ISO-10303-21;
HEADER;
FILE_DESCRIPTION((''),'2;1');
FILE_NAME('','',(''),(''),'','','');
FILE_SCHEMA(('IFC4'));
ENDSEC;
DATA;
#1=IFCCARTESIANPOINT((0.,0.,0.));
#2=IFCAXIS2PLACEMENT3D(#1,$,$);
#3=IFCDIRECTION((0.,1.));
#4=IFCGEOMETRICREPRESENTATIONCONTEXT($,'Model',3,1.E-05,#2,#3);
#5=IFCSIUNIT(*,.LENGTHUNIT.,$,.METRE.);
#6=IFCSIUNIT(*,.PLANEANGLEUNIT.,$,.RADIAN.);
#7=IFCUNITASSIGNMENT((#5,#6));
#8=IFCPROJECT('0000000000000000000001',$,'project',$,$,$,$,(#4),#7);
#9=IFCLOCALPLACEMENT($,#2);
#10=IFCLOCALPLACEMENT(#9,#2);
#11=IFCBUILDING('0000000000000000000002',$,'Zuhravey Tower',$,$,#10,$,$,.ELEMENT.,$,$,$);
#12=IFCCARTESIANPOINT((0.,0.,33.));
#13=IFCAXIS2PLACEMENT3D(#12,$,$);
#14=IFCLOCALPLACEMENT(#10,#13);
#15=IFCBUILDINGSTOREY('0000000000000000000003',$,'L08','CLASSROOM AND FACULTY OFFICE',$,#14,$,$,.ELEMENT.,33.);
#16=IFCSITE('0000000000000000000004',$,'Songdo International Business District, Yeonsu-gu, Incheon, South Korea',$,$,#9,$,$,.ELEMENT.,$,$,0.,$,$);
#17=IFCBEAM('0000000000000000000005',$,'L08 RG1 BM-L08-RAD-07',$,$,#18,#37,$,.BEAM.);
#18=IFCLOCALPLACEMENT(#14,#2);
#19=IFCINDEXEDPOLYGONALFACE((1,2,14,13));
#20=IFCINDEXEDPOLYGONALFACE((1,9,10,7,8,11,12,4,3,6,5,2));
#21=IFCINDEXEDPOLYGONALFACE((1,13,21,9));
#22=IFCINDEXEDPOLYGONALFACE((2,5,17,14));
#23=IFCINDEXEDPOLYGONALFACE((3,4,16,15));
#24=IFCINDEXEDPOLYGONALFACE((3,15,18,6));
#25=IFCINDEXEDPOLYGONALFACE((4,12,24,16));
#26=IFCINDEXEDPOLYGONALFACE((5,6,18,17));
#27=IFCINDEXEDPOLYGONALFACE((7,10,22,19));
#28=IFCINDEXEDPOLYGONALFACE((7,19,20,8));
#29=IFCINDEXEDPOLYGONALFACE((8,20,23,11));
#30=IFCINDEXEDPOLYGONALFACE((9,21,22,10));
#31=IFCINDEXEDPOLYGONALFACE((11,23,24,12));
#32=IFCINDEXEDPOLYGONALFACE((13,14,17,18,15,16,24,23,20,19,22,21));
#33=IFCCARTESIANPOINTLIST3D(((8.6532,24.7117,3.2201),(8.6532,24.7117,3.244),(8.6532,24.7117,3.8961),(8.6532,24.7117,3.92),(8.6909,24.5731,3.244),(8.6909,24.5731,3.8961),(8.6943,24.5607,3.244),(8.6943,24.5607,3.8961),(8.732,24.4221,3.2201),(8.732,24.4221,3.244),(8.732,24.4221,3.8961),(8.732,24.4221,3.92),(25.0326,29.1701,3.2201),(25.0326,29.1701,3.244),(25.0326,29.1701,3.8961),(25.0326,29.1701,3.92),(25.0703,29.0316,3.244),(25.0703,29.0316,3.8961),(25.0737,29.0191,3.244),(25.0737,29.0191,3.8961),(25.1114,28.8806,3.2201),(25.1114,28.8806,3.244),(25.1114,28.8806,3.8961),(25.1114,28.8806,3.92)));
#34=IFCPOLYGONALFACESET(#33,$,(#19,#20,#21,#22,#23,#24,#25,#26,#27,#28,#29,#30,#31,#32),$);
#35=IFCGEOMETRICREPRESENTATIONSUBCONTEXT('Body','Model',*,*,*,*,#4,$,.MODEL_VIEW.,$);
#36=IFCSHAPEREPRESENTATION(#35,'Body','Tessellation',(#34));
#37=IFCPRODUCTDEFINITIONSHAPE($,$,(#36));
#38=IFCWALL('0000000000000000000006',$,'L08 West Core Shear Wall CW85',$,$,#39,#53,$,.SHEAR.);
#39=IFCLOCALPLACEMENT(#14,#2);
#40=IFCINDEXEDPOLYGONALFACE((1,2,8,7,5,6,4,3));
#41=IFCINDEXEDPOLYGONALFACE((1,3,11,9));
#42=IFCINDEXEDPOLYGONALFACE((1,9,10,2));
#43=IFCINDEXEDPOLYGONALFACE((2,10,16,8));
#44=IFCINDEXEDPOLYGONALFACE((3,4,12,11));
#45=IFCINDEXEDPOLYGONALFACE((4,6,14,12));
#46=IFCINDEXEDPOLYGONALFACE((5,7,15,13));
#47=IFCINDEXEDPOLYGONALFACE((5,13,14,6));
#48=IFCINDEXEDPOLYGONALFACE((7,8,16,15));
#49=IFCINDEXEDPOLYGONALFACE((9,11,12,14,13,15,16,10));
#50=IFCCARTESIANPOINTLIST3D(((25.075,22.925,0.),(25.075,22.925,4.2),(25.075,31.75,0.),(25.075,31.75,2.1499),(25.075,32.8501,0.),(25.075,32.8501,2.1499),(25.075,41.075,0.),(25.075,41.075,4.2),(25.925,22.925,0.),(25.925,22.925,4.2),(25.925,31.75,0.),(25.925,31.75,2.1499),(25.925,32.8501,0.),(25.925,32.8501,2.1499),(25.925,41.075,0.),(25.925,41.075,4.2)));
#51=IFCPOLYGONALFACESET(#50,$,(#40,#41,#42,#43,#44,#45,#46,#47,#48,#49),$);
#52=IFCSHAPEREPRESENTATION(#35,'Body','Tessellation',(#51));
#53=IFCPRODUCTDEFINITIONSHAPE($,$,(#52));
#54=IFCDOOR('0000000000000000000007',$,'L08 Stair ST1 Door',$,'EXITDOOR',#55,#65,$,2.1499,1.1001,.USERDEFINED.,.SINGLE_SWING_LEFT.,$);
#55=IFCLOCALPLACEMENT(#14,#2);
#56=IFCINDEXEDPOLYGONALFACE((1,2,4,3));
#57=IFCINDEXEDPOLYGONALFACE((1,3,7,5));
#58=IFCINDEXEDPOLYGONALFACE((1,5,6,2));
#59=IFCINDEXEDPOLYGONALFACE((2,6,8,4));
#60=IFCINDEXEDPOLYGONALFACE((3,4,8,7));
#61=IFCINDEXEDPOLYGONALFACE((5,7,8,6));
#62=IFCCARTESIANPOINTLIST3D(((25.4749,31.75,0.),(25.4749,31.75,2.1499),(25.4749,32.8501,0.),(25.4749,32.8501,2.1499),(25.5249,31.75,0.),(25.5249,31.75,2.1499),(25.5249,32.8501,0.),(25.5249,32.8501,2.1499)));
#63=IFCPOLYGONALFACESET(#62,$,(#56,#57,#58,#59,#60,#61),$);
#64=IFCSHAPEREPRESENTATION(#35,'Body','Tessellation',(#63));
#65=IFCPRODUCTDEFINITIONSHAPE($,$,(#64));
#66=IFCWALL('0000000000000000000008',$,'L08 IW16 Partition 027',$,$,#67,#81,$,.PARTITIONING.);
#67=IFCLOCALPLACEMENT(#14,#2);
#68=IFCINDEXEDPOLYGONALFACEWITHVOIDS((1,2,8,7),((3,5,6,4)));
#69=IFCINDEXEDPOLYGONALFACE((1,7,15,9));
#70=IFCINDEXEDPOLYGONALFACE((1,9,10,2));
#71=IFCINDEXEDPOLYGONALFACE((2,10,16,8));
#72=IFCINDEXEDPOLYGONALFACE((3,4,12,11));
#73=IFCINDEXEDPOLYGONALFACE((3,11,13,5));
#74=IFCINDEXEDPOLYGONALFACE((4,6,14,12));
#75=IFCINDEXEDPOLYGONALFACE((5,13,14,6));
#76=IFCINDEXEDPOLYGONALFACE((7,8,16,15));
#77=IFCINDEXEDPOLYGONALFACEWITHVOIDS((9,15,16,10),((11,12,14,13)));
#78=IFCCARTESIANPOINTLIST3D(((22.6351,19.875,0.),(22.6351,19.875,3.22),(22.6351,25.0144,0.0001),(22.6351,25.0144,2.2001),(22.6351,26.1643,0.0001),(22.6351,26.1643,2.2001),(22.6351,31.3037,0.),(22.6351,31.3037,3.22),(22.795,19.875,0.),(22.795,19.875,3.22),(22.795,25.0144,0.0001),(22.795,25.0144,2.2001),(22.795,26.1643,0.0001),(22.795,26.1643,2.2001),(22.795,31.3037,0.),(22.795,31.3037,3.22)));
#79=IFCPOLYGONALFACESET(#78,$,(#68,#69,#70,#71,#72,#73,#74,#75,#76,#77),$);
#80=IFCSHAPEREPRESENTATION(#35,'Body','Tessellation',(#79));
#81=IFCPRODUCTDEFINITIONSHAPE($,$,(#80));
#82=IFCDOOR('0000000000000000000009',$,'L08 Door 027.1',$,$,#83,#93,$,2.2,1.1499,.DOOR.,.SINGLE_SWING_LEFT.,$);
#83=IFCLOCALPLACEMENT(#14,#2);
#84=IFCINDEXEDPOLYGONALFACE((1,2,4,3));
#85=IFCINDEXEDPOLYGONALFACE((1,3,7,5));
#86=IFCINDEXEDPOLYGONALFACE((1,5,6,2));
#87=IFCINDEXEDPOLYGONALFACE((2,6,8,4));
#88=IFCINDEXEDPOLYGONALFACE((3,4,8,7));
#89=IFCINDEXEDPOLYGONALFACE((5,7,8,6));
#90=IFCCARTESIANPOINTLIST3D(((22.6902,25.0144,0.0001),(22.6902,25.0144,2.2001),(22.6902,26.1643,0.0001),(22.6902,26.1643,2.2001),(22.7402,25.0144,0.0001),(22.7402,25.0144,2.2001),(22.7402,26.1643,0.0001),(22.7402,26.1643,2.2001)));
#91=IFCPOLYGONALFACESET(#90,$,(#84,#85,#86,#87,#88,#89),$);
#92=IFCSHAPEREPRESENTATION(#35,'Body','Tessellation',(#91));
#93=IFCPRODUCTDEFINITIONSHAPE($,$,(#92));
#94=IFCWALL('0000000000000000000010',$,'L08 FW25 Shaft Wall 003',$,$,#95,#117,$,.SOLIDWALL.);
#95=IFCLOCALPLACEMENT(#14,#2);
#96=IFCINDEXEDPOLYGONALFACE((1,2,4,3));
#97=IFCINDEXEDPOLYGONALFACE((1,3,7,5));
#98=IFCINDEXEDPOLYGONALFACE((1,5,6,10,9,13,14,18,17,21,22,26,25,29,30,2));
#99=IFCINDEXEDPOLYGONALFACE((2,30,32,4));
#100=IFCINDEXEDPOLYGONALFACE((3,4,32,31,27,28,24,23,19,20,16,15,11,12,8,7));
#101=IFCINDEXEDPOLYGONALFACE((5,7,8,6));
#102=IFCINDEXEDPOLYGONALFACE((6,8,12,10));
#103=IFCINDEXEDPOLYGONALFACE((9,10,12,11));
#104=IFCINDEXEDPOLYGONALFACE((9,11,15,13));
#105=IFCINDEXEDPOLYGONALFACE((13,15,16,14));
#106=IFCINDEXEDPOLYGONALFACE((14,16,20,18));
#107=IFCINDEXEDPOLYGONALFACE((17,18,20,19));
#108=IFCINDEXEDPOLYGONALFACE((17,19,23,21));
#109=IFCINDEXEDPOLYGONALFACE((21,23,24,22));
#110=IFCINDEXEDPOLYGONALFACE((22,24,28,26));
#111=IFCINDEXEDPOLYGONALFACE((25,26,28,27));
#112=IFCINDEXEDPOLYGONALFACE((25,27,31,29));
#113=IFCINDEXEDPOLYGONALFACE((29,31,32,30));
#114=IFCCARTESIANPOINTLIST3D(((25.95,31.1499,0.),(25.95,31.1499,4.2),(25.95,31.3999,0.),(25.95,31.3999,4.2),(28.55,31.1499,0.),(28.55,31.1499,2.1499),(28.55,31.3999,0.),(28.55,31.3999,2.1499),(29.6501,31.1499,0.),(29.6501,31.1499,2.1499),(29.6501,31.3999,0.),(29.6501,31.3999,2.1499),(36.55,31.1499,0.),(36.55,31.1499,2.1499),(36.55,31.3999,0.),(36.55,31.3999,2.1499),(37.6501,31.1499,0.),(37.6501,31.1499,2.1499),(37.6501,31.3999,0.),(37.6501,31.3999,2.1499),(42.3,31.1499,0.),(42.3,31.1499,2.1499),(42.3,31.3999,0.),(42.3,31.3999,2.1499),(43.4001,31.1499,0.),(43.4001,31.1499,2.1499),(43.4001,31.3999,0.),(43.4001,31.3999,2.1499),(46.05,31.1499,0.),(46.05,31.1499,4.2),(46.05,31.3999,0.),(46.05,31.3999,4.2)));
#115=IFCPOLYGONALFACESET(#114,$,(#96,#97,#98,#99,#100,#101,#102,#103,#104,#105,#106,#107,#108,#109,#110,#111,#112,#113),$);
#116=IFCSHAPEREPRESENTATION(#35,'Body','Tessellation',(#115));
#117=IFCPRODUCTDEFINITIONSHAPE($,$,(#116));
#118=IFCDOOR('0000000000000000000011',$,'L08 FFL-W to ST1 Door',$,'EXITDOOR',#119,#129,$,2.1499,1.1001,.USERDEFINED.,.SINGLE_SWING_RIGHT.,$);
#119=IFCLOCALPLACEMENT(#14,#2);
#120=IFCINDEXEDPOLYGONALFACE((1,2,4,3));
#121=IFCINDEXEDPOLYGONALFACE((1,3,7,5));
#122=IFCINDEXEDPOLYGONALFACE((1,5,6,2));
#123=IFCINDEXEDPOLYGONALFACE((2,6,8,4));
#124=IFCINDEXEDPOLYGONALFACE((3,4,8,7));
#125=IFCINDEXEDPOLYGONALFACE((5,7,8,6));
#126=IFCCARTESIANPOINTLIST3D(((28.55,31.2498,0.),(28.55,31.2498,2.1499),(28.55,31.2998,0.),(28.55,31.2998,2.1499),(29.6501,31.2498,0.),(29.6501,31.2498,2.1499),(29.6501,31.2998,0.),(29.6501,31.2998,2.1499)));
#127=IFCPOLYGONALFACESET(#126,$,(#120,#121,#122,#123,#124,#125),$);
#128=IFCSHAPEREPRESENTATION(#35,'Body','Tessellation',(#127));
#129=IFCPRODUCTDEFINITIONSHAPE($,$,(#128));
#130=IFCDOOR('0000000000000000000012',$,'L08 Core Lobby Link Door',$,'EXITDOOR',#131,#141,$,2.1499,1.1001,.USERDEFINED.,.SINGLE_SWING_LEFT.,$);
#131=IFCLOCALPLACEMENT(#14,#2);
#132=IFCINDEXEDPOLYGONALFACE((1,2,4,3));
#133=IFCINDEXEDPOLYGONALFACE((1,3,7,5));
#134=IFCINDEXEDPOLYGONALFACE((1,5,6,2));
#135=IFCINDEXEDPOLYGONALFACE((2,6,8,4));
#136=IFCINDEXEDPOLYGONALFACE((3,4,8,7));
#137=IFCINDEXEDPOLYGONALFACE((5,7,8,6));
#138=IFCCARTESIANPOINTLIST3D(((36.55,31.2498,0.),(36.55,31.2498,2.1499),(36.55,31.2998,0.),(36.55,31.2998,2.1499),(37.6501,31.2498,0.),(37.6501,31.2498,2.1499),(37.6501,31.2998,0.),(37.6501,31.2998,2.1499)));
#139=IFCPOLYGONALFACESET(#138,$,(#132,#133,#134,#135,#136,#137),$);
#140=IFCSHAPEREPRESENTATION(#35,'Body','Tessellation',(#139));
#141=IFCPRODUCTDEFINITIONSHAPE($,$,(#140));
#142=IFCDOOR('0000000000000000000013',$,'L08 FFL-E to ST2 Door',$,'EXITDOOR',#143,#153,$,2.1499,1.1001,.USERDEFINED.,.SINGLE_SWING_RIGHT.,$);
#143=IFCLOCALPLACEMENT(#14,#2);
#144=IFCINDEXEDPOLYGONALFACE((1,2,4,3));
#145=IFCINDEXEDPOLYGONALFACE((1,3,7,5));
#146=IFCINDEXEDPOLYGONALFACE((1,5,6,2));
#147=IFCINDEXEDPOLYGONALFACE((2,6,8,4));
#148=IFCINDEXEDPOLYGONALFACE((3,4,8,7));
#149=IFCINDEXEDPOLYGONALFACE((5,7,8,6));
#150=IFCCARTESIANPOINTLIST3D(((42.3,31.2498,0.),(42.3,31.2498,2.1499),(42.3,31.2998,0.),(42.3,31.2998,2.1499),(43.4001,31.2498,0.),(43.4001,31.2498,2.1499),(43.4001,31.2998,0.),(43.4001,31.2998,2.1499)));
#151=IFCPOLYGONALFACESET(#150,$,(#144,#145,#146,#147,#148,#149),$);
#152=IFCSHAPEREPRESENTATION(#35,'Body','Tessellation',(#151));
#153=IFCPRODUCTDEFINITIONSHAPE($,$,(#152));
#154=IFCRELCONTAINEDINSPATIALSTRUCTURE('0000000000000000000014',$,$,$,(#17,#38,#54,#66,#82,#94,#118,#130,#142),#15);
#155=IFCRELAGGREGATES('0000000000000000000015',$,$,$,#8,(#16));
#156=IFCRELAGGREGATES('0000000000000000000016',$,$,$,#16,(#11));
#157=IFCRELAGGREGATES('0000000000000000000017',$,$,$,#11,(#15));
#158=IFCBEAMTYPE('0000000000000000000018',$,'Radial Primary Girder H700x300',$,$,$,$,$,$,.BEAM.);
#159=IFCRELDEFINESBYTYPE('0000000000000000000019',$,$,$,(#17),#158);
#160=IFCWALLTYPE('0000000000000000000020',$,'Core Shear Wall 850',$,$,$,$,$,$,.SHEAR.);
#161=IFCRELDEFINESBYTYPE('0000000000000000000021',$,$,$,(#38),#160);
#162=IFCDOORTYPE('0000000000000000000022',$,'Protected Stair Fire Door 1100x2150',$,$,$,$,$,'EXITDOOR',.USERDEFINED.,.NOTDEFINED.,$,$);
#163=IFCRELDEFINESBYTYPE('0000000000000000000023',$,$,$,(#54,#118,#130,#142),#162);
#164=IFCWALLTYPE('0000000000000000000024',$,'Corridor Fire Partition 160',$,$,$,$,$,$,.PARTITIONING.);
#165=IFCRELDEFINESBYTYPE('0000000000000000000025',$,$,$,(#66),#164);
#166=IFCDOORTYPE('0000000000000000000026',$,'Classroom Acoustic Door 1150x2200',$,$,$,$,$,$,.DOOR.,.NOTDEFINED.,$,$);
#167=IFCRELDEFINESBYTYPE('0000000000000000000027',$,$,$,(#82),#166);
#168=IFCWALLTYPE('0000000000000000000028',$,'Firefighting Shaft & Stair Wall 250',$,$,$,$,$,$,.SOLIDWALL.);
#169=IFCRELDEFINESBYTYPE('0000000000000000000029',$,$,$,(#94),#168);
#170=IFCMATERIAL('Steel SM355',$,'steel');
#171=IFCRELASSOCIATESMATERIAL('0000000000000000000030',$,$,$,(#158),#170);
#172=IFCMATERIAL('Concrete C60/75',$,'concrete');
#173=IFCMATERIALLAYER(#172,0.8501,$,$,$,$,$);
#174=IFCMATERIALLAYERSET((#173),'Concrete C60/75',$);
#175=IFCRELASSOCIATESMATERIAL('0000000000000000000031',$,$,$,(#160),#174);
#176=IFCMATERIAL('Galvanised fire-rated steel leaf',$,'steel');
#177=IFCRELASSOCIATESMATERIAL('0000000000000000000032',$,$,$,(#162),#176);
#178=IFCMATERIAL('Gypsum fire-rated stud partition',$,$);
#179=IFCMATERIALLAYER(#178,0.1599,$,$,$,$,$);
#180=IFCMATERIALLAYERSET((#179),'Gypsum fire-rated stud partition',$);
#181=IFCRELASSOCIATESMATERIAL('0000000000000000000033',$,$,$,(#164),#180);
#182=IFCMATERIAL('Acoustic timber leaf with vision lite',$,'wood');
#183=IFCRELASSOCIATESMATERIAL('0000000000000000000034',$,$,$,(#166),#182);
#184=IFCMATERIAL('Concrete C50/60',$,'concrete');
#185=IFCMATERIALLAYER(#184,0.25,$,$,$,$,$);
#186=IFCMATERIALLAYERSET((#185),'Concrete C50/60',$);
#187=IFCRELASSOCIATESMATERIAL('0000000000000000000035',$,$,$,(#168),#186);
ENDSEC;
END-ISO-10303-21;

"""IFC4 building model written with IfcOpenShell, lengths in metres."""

from ifc_helpers import new_model, si_unit, direction, frame, frame_2d, origin, origin_2d, place, context, subcontext, project, spatial, rectangle, i_section, extrude, material, layer, layer_set, material_profile, profile_set, type_object, element, fill, save


model = new_model("IFC4")

# Units and contexts
model_context = context("Model", 3, precision=1e-05, world=origin(), true_north=direction((0.0, 1.0)))
body_context = subcontext(model_context, "Body", "Model", "MODEL_VIEW")
ifc_project = project(units=[si_unit("LENGTHUNIT", "METRE"), si_unit("PLANEANGLEUNIT", "RADIAN")], contexts=[model_context])

# Site, building, storey
site_placement = place(None, origin())
site = spatial("IfcSite", under=ifc_project, at=site_placement, Name="Songdo International Business District, Yeonsu-gu, Incheon, South Korea", CompositionType="ELEMENT", RefElevation=0.0)
building_placement = place(site_placement, origin())
building = spatial("IfcBuilding", under=site, at=building_placement, Name="Zuhravey Tower", CompositionType="ELEMENT")
storey_placement = place(building_placement, frame((0.0, 0.0, 33.0)))
storey = spatial("IfcBuildingStorey", under=building, at=storey_placement, Name="L08", Description="CLASSROOM AND FACULTY OFFICE", CompositionType="ELEMENT", Elevation=33.0)

# Beam
ifc_material_1 = material(Name="Steel SM355", Category="steel")
ifc_material_profile = material_profile(ifc_material_1, i_section(OverallWidth=0.3, OverallDepth=0.7, WebThickness=0.0129, FlangeThickness=0.0239, at=origin_2d()), Name="H-700x300x13x24")
ifc_profile_set = profile_set([ifc_material_profile], Name="Steel SM355")
beam_type = type_object("IfcBeamType", Name="Radial Primary Girder H700x300", PredefinedType="BEAM", material=ifc_profile_set)
beam_placement = place(storey_placement, frame((25.072, 29.0254, 3.5701), z_axis=(-0.964892, -0.262645, 0.0), x_axis=(0.262645, -0.964892, 0.0)))
element("IfcBeam", 1, at=beam_placement, inside=storey, type_object=beam_type, Name="L08 RG1 BM-L08-RAD-07", PredefinedType="BEAM", context=body_context, shape_type="SweptSolid", body=[
    extrude(i_section(OverallWidth=0.3, OverallDepth=0.7, WebThickness=0.0129, FlangeThickness=0.0239, at=origin_2d()), origin(), (0.0, 0.0, 1.0), 16.9753),
])

# Walls, openings, doors
ifc_material_2 = material(Name="Concrete C60/75", Category="concrete")
ifc_layer_1 = layer(ifc_material_2, 0.8501)
ifc_layer_set_1 = layer_set([ifc_layer_1], Name="Concrete C60/75")
wall_type_1 = type_object("IfcWallType", Name="Core Shear Wall 850", PredefinedType="SHEAR", material=ifc_layer_set_1)
ifc_material_3 = material(Name="Galvanised fire-rated steel leaf", Category="steel")
wall_1_placement = place(storey_placement, frame((25.5, 22.925, 0.0), z_axis=(0.0, 0.0, 1.0), x_axis=(0.0, 1.0, 0.0)))
wall_1 = element("IfcWall", 2, at=wall_1_placement, inside=storey, type_object=wall_type_1, Name="L08 West Core Shear Wall CW85", PredefinedType="SHEAR", context=body_context, shape_type="SweptSolid", body=[
    extrude(rectangle(XDim=18.1499, YDim=0.8501, at=frame_2d((9.075, 0.0))), origin(), (0.0, 0.0, 1.0), 4.2),
])
opening_1_placement = place(wall_1_placement, frame((8.825, 0.0, 0.0)))
opening_1 = element("IfcOpeningElement", 3, at=opening_1_placement, cuts=wall_1, PredefinedType="OPENING", context=body_context, shape_type="SweptSolid", body=[
    extrude(rectangle(XDim=1.1001, YDim=2.1499, at=frame_2d((0.55, 1.075))), frame((0.0, 0.437, 0.0), z_axis=(0.0, -1.0, 0.0), x_axis=(1.0, 0.0, 0.0)), (0.0, 0.0, 1.0), 0.874),
])
door_type_1 = type_object("IfcDoorType", Name="Protected Stair Fire Door 1100x2150", ElementType="EXITDOOR", OperationType="NOTDEFINED", PredefinedType="USERDEFINED", material=ifc_material_3)
door_1_placement = place(opening_1_placement, frame((1.1001, 0.0, 0.0), z_axis=(0.0, 0.0, 1.0), x_axis=(-1.0, 0.0, 0.0)))
door_1 = element("IfcDoor", 4, at=door_1_placement, inside=storey, type_object=door_type_1, Name="L08 Stair ST1 Door", ObjectType="EXITDOOR", OperationType="SINGLE_SWING_LEFT", OverallHeight=2.1499, OverallWidth=1.1001, PredefinedType="USERDEFINED", context=body_context, shape_type="SweptSolid", body=[
    extrude(rectangle(XDim=1.1001, YDim=2.1499, at=frame_2d((0.55, 1.075))), frame((0.0, 0.0249, 0.0), z_axis=(0.0, -1.0, 0.0), x_axis=(1.0, 0.0, 0.0)), (0.0, 0.0, 1.0), 0.05),
])
fill(opening_1, door_1)
ifc_material_4 = material(Name="Gypsum fire-rated stud partition")
ifc_layer_2 = layer(ifc_material_4, 0.1599)
ifc_layer_set_2 = layer_set([ifc_layer_2], Name="Gypsum fire-rated stud partition")
wall_type_2 = type_object("IfcWallType", Name="Corridor Fire Partition 160", PredefinedType="PARTITIONING", material=ifc_layer_set_2)
wall_2_placement = place(storey_placement, frame((22.7151, 31.3037, 0.0), z_axis=(0.0, 0.0, 1.0), x_axis=(0.0, -1.0, 0.0)))
wall_2 = element("IfcWall", 5, at=wall_2_placement, inside=storey, type_object=wall_type_2, Name="L08 IW16 Partition 027", PredefinedType="PARTITIONING", context=body_context, shape_type="SweptSolid", body=[
    extrude(rectangle(XDim=11.4287, YDim=0.1599, at=frame_2d((5.7144, 0.0))), origin(), (0.0, 0.0, 1.0), 3.22),
])
opening_2_placement = place(wall_2_placement, frame((5.1394, 0.0, 0.0)))
opening_2 = element("IfcOpeningElement", 6, at=opening_2_placement, cuts=wall_2, PredefinedType="OPENING", context=body_context, shape_type="SweptSolid", body=[
    extrude(rectangle(XDim=1.1499, YDim=2.2, at=frame_2d((0.575, 1.1001))), frame((0.0, 0.092, 0.0), z_axis=(0.0, -1.0, 0.0), x_axis=(1.0, 0.0, 0.0)), (0.0, 0.0, 1.0), 0.1838),
])
ifc_material_5 = material(Name="Acoustic timber leaf with vision lite", Category="wood")
door_type_2 = type_object("IfcDoorType", Name="Classroom Acoustic Door 1150x2200", OperationType="NOTDEFINED", PredefinedType="DOOR", material=ifc_material_5)
door_2_placement = place(opening_2_placement, frame((1.1499, 0.0, 0.0), z_axis=(0.0, 0.0, 1.0), x_axis=(-1.0, 0.0, 0.0)))
door_2 = element("IfcDoor", 7, at=door_2_placement, inside=storey, type_object=door_type_2, Name="L08 Door 027.1", OperationType="SINGLE_SWING_LEFT", OverallHeight=2.2, OverallWidth=1.1499, PredefinedType="DOOR", context=body_context, shape_type="SweptSolid", body=[
    extrude(rectangle(XDim=1.1499, YDim=2.2, at=frame_2d((0.575, 1.1001))), frame((0.0, 0.0249, 0.0), z_axis=(0.0, -1.0, 0.0), x_axis=(1.0, 0.0, 0.0)), (0.0, 0.0, 1.0), 0.05),
])
fill(opening_2, door_2)

# Wall, openings, doors
ifc_material_6 = material(Name="Concrete C50/60", Category="concrete")
ifc_layer_3 = layer(ifc_material_6, 0.25)
ifc_layer_set_3 = layer_set([ifc_layer_3], Name="Concrete C50/60")
wall_type_3 = type_object("IfcWallType", Name="Firefighting Shaft & Stair Wall 250", PredefinedType="SOLIDWALL", material=ifc_layer_set_3)
wall_3_placement = place(storey_placement, frame((25.95, 31.2749, 0.0), z_axis=(0.0, 0.0, 1.0), x_axis=(1.0, 0.0, 0.0)))
wall_3 = element("IfcWall", 8, at=wall_3_placement, inside=storey, type_object=wall_type_3, Name="L08 FW25 Shaft Wall 003", PredefinedType="SOLIDWALL", context=body_context, shape_type="SweptSolid", body=[
    extrude(rectangle(XDim=20.1001, YDim=0.25, at=frame_2d((10.05, 0.0))), origin(), (0.0, 0.0, 1.0), 4.2),
])
opening_3_placement = place(wall_3_placement, frame((2.6001, 0.0, 0.0)))
opening_3 = element("IfcOpeningElement", 9, at=opening_3_placement, cuts=wall_3, PredefinedType="OPENING", context=body_context, shape_type="SweptSolid", body=[
    extrude(rectangle(XDim=1.1001, YDim=2.1499, at=frame_2d((0.55, 1.075))), frame((0.0, 0.137, 0.0), z_axis=(0.0, -1.0, 0.0), x_axis=(1.0, 0.0, 0.0)), (0.0, 0.0, 1.0), 0.2739),
])
opening_4_placement = place(wall_3_placement, frame((10.6001, 0.0, 0.0)))
opening_4 = element("IfcOpeningElement", 10, at=opening_4_placement, cuts=wall_3, PredefinedType="OPENING", context=body_context, shape_type="SweptSolid", body=[
    extrude(rectangle(XDim=1.1001, YDim=2.1499, at=frame_2d((0.55, 1.075))), frame((0.0, 0.137, 0.0), z_axis=(0.0, -1.0, 0.0), x_axis=(1.0, 0.0, 0.0)), (0.0, 0.0, 1.0), 0.2739),
])
opening_5_placement = place(wall_3_placement, frame((16.3501, 0.0, 0.0)))
opening_5 = element("IfcOpeningElement", 11, at=opening_5_placement, cuts=wall_3, PredefinedType="OPENING", context=body_context, shape_type="SweptSolid", body=[
    extrude(rectangle(XDim=1.1001, YDim=2.1499, at=frame_2d((0.55, 1.075))), frame((0.0, 0.137, 0.0), z_axis=(0.0, -1.0, 0.0), x_axis=(1.0, 0.0, 0.0)), (0.0, 0.0, 1.0), 0.2739),
])
door_3_placement = place(opening_3_placement, origin())
door_3 = element("IfcDoor", 12, at=door_3_placement, inside=storey, type_object=door_type_1, Name="L08 FFL-W to ST1 Door", ObjectType="EXITDOOR", OperationType="SINGLE_SWING_RIGHT", OverallHeight=2.1499, OverallWidth=1.1001, PredefinedType="USERDEFINED", context=body_context, shape_type="SweptSolid", body=[
    extrude(rectangle(XDim=1.1001, YDim=2.1499, at=frame_2d((0.55, 1.075))), frame((0.0, 0.0249, 0.0), z_axis=(0.0, -1.0, 0.0), x_axis=(1.0, 0.0, 0.0)), (0.0, 0.0, 1.0), 0.05),
])
fill(opening_3, door_3)
door_4_placement = place(opening_4_placement, origin())
door_4 = element("IfcDoor", 13, at=door_4_placement, inside=storey, type_object=door_type_1, Name="L08 Core Lobby Link Door", ObjectType="EXITDOOR", OperationType="SINGLE_SWING_LEFT", OverallHeight=2.1499, OverallWidth=1.1001, PredefinedType="USERDEFINED", context=body_context, shape_type="SweptSolid", body=[
    extrude(rectangle(XDim=1.1001, YDim=2.1499, at=frame_2d((0.55, 1.075))), frame((0.0, 0.0249, 0.0), z_axis=(0.0, -1.0, 0.0), x_axis=(1.0, 0.0, 0.0)), (0.0, 0.0, 1.0), 0.05),
])
fill(opening_4, door_4)
door_5_placement = place(opening_5_placement, origin())
door_5 = element("IfcDoor", 14, at=door_5_placement, inside=storey, type_object=door_type_1, Name="L08 FFL-E to ST2 Door", ObjectType="EXITDOOR", OperationType="SINGLE_SWING_RIGHT", OverallHeight=2.1499, OverallWidth=1.1001, PredefinedType="USERDEFINED", context=body_context, shape_type="SweptSolid", body=[
    extrude(rectangle(XDim=1.1001, YDim=2.1499, at=frame_2d((0.55, 1.075))), frame((0.0, 0.0249, 0.0), z_axis=(0.0, -1.0, 0.0), x_axis=(1.0, 0.0, 0.0)), (0.0, 0.0, 1.0), 0.05),
])
fill(opening_5, door_5)

save(model, "model.ifc")
